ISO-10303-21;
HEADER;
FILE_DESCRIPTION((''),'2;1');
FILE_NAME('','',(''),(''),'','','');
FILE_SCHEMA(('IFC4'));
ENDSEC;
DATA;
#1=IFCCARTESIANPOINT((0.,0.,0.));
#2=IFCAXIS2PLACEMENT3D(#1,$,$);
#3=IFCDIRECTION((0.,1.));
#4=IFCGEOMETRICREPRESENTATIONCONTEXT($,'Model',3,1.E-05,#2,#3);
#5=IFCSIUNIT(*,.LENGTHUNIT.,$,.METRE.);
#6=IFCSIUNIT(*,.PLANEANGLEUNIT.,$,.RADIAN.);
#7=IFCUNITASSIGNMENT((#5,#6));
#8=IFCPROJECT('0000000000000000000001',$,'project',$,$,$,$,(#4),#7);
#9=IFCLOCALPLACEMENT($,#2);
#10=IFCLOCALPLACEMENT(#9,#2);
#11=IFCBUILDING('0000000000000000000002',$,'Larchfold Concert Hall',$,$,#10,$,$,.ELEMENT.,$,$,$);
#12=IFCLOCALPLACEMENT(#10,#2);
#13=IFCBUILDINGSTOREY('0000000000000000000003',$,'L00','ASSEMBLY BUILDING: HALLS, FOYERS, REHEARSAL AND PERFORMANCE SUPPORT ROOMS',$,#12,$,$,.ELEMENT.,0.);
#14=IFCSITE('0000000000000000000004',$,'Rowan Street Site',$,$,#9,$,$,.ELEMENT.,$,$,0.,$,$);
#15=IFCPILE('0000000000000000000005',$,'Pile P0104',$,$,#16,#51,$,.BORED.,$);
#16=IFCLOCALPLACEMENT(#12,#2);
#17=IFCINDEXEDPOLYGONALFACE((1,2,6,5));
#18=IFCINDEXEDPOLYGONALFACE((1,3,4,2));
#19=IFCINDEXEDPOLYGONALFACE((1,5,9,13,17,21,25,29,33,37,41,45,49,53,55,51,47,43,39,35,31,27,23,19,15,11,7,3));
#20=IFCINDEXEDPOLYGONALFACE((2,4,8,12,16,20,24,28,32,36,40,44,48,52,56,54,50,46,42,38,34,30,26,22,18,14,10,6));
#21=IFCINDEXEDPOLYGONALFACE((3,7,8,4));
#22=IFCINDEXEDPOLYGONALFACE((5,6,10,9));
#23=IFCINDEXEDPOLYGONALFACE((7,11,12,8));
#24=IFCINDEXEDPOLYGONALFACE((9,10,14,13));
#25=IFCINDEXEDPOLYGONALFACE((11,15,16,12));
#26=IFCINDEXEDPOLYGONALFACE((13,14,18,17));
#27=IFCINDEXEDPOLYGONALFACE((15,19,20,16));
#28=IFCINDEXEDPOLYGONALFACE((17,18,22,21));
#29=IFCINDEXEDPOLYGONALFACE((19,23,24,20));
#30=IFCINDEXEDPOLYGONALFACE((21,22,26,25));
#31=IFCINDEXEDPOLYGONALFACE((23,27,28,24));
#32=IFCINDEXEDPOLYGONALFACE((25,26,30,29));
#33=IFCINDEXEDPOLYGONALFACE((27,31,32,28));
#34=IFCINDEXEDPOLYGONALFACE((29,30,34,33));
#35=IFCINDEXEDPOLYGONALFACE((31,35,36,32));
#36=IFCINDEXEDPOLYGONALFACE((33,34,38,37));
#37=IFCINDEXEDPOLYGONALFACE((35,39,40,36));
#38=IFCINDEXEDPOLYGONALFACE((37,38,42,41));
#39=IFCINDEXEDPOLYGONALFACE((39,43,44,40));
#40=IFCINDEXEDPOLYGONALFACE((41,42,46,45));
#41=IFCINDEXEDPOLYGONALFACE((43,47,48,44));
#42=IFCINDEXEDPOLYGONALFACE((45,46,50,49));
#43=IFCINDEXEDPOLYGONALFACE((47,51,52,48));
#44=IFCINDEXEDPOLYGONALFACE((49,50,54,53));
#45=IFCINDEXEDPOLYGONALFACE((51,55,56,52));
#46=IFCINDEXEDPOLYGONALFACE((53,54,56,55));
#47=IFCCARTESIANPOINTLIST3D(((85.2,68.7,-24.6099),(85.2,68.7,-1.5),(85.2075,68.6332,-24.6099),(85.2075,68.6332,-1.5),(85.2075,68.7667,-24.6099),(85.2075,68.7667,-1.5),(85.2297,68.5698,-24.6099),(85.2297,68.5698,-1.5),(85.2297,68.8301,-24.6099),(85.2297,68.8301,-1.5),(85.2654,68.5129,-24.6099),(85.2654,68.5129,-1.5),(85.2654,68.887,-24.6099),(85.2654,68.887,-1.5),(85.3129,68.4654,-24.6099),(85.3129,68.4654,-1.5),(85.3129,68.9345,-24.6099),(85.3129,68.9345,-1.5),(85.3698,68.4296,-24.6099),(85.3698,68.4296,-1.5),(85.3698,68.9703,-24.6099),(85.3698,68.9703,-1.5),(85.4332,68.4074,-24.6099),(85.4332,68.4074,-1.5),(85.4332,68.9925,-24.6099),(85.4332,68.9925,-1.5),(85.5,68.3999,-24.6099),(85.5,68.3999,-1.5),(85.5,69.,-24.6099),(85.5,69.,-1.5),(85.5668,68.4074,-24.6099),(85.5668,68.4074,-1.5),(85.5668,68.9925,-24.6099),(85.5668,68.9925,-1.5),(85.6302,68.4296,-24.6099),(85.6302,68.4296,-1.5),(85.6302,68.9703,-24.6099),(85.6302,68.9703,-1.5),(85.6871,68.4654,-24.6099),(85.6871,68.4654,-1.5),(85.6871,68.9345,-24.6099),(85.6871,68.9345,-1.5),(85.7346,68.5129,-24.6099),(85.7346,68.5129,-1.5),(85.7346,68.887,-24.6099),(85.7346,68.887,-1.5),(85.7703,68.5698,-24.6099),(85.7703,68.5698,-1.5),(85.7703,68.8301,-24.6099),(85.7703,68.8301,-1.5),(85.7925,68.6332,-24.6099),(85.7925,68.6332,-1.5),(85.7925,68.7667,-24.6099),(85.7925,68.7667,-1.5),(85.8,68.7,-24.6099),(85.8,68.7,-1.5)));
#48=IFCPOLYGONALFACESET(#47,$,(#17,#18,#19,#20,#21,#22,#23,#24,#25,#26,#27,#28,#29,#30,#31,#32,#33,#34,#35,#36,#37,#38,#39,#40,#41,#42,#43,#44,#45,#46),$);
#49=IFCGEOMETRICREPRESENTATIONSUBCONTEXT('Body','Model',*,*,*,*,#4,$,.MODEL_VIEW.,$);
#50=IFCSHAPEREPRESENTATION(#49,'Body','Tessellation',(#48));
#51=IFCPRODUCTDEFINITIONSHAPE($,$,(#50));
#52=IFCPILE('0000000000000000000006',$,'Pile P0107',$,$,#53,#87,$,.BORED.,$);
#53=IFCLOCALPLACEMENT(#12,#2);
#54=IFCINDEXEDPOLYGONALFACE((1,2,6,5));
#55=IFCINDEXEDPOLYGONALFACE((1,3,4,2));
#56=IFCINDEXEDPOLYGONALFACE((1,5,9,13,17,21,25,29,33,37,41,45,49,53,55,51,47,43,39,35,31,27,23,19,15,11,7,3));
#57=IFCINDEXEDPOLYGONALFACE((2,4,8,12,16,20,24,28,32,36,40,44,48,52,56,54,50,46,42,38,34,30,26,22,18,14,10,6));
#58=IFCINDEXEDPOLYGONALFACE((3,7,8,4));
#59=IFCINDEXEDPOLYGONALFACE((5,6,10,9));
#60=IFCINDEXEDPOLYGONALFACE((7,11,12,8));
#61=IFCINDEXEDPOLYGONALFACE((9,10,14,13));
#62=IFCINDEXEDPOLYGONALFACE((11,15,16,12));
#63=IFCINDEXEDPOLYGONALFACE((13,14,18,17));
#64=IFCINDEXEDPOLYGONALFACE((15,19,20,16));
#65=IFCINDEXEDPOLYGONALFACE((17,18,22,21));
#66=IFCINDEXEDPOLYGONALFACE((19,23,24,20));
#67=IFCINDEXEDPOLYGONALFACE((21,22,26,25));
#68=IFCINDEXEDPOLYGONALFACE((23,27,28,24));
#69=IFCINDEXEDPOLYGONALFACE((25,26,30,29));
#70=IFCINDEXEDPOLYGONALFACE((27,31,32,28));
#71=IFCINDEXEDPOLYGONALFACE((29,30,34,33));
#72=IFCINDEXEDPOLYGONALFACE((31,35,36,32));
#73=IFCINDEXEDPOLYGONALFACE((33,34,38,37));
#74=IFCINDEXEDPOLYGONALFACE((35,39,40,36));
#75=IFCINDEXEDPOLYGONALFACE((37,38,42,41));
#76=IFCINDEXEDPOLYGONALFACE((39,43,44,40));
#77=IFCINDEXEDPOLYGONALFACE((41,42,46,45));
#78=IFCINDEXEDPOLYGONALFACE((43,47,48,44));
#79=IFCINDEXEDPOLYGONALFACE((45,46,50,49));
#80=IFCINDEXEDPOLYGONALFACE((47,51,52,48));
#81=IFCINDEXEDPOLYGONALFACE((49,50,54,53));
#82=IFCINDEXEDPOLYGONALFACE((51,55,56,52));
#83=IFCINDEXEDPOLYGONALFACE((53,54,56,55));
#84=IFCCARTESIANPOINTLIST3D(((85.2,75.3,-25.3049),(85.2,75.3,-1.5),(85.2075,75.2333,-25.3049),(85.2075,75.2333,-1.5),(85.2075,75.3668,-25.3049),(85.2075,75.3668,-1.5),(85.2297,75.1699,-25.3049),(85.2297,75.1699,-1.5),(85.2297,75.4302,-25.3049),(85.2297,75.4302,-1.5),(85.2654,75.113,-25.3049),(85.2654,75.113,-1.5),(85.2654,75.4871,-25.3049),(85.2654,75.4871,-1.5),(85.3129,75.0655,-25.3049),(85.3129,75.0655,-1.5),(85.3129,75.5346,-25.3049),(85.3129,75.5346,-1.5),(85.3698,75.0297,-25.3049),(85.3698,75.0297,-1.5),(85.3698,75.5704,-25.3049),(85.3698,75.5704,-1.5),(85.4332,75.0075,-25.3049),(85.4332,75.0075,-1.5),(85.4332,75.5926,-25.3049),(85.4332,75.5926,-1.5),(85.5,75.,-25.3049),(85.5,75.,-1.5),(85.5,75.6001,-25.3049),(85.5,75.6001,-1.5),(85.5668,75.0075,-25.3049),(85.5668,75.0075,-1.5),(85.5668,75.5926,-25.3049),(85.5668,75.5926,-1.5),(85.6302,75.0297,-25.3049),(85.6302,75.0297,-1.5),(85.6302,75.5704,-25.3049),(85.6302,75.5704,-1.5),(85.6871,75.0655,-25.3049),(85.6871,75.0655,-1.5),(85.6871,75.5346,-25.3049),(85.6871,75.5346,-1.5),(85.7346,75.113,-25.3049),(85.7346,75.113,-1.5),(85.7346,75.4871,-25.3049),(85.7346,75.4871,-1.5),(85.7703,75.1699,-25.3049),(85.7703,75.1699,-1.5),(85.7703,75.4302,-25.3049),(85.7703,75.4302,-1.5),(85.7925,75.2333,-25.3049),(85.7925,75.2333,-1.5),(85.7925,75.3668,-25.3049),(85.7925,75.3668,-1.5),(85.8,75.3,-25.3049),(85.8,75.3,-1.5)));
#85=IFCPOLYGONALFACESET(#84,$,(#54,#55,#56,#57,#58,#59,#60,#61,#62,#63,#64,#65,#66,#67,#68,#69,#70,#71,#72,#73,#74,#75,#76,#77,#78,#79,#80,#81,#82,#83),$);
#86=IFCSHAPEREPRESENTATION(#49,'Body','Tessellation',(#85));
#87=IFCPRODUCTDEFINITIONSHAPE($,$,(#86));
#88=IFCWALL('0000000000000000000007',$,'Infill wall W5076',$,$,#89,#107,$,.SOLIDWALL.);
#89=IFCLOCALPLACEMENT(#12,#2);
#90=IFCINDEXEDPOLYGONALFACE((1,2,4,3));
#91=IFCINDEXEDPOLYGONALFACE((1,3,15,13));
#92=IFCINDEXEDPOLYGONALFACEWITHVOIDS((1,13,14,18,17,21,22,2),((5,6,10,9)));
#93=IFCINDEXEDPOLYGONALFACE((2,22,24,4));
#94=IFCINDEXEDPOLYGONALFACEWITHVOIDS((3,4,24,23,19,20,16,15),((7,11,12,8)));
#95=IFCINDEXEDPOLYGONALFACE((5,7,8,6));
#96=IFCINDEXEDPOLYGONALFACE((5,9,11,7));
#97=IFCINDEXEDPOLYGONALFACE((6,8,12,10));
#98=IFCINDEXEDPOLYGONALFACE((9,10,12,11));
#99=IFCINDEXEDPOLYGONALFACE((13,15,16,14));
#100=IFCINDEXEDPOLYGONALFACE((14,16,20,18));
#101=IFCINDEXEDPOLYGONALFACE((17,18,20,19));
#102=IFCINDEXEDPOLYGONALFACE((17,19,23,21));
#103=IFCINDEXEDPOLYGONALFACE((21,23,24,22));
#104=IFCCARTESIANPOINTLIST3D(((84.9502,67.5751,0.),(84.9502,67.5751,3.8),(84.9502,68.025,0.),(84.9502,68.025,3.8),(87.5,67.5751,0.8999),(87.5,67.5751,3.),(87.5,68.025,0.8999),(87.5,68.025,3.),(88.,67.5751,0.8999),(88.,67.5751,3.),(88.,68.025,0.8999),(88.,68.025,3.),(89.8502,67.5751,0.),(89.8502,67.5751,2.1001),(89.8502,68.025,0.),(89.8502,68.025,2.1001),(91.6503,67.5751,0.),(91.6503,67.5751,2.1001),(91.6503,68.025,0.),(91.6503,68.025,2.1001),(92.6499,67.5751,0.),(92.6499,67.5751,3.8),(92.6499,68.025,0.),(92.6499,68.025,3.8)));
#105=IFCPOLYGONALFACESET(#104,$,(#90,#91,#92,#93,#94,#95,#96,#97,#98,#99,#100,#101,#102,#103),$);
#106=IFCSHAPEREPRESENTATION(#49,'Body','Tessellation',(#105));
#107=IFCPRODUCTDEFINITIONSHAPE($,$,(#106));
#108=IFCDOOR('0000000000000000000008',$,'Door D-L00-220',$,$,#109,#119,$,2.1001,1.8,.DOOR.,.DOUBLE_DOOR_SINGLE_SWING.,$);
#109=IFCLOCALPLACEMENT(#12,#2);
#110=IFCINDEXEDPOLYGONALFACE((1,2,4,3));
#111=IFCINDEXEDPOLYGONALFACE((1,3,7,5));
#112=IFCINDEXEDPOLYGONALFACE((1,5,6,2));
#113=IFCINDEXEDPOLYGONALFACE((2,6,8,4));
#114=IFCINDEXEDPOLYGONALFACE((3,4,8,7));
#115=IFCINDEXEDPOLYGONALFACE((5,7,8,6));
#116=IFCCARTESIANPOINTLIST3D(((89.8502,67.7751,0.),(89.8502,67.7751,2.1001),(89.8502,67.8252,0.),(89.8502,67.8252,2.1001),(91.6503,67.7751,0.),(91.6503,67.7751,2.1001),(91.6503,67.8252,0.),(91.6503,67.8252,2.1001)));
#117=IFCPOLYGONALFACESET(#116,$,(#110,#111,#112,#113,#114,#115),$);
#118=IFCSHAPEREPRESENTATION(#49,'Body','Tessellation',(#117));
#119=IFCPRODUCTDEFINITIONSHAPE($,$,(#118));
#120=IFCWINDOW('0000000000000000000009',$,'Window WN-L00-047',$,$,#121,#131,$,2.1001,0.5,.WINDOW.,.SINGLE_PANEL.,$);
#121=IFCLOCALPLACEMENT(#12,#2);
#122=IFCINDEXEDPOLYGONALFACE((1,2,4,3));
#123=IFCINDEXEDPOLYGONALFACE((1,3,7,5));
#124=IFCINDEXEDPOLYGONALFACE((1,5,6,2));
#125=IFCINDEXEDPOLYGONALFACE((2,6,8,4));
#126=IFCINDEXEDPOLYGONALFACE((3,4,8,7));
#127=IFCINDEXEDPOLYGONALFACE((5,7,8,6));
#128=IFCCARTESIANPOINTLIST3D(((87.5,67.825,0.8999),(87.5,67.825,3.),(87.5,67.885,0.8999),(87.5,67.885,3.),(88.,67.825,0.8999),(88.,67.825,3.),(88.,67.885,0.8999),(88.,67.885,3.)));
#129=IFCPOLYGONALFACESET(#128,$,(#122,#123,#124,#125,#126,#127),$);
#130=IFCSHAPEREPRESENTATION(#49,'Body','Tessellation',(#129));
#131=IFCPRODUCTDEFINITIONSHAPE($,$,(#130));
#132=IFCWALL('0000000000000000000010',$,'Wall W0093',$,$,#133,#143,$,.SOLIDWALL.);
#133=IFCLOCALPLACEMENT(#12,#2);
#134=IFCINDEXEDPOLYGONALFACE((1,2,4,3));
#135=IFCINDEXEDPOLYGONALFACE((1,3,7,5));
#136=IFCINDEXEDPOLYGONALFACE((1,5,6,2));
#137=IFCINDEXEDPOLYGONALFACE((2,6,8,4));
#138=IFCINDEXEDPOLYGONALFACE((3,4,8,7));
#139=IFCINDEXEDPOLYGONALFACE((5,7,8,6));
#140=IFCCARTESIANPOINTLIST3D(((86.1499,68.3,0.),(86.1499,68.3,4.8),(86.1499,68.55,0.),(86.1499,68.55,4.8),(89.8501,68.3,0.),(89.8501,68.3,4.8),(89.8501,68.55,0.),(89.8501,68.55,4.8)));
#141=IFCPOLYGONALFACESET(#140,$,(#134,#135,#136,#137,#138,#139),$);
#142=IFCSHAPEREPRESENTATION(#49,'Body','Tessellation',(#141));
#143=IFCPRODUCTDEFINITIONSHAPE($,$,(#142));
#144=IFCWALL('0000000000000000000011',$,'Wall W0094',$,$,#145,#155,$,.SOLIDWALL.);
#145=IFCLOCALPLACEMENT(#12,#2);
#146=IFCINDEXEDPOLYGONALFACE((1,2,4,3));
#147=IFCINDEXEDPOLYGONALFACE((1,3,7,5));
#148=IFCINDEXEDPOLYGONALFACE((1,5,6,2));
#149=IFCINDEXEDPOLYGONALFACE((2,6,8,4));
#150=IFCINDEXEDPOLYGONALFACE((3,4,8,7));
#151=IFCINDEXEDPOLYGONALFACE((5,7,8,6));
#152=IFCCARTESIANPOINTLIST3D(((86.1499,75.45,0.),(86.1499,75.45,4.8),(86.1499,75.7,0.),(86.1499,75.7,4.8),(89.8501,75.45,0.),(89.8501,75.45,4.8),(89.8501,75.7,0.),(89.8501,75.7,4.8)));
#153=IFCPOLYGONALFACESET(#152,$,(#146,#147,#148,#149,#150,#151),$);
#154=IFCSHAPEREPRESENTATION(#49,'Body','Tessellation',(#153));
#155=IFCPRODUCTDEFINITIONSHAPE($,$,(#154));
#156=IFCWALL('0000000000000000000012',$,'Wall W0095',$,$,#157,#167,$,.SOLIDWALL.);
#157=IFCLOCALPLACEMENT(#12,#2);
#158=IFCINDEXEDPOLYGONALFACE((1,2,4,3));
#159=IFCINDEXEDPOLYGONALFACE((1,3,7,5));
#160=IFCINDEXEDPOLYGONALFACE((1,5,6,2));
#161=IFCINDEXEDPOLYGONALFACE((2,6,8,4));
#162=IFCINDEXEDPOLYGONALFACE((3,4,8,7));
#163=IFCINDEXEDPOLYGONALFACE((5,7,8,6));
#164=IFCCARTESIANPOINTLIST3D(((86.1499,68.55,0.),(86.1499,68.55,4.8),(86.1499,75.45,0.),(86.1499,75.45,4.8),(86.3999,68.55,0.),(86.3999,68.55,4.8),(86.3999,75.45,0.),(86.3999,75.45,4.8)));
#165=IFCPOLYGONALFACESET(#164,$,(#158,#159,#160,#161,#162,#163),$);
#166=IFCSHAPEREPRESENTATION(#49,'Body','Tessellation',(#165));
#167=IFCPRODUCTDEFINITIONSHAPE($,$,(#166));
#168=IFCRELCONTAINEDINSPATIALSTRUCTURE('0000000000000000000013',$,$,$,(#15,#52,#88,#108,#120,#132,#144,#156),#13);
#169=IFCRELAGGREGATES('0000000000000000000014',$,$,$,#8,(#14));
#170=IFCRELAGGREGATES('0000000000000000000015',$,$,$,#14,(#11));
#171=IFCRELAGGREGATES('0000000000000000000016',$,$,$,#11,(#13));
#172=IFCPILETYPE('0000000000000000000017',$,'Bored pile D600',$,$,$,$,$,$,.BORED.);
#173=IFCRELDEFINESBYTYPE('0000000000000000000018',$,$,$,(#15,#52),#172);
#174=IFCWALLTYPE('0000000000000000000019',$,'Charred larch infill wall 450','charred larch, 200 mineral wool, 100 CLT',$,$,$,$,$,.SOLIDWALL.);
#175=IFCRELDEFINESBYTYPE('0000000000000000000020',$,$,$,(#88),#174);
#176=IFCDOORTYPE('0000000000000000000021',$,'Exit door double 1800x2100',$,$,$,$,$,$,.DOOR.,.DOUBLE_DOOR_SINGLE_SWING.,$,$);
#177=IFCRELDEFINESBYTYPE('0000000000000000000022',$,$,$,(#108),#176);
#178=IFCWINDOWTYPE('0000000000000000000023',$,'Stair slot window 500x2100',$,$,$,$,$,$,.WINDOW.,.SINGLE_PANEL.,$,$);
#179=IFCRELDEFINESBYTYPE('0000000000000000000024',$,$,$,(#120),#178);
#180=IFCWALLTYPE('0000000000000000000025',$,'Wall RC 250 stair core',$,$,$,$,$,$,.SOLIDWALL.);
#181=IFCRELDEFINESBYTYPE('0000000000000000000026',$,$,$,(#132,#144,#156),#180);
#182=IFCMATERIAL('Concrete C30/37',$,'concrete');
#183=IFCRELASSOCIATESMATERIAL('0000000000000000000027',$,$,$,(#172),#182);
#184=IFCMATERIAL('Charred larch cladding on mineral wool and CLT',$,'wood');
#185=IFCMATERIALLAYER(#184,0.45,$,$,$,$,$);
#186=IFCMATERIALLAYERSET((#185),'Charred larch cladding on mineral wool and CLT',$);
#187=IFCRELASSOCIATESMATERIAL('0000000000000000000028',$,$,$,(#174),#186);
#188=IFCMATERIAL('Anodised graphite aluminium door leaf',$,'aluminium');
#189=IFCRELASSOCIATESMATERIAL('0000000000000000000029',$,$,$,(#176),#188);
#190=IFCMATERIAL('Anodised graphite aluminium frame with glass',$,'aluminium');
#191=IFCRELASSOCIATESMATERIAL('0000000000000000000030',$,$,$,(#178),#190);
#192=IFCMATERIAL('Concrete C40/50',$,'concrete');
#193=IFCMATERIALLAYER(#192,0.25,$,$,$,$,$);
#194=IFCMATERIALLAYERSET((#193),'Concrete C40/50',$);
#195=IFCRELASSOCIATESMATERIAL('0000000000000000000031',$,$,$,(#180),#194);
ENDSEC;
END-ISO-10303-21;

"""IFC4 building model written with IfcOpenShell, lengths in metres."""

from ifc_helpers import new_model, si_unit, direction, frame, frame_2d, origin, origin_2d, place, context, subcontext, project, spatial, rectangle, circle, extrude, material, layer, layer_set, material_profile, profile_set, type_object, element, fill, save


model = new_model("IFC4")

# Units and contexts
model_context = context("Model", 3, precision=1e-05, world=origin(), true_north=direction((0.0, 1.0)))
body_context = subcontext(model_context, "Body", "Model", "MODEL_VIEW")
ifc_project = project(units=[si_unit("LENGTHUNIT", "METRE"), si_unit("PLANEANGLEUNIT", "RADIAN")], contexts=[model_context])

# Site, building, storey
site_placement = place(None, origin())
site = spatial("IfcSite", under=ifc_project, at=site_placement, Name="Rowan Street Site", CompositionType="ELEMENT", RefElevation=0.0)
building_placement = place(site_placement, origin())
building = spatial("IfcBuilding", under=site, at=building_placement, Name="Larchfold Concert Hall", CompositionType="ELEMENT")
storey_placement = place(building_placement, origin())
storey = spatial("IfcBuildingStorey", under=building, at=storey_placement, Name="L00", Description="ASSEMBLY BUILDING: HALLS, FOYERS, REHEARSAL AND PERFORMANCE SUPPORT ROOMS", CompositionType="ELEMENT", Elevation=0.0)

# Piles
ifc_material_1 = material(Name="Concrete C30/37", Category="concrete")
ifc_material_profile = material_profile(ifc_material_1, circle(Radius=0.3, at=origin_2d()))
ifc_profile_set = profile_set([ifc_material_profile], Name="Concrete C30/37")
pile_type = type_object("IfcPileType", Name="Bored pile D600", PredefinedType="BORED", material=ifc_profile_set)
pile_1_placement = place(storey_placement, frame((85.5, 68.7, -1.5), z_axis=(0.0, 0.0, -1.0), x_axis=(1.0, 0.0, 0.0)))
element("IfcPile", 1, at=pile_1_placement, inside=storey, type_object=pile_type, Name="Pile P0104", PredefinedType="BORED", context=body_context, shape_type="SweptSolid", body=[
    extrude(circle(Radius=0.3, at=origin_2d()), origin(), (0.0, 0.0, 1.0), 23.1099),
])
pile_2_placement = place(storey_placement, frame((85.5, 75.3, -1.5), z_axis=(0.0, 0.0, -1.0), x_axis=(1.0, 0.0, 0.0)))
element("IfcPile", 2, at=pile_2_placement, inside=storey, type_object=pile_type, Name="Pile P0107", PredefinedType="BORED", context=body_context, shape_type="SweptSolid", body=[
    extrude(circle(Radius=0.3, at=origin_2d()), origin(), (0.0, 0.0, 1.0), 23.8049),
])

# Wall, openings, door, window
ifc_material_2 = material(Name="Charred larch cladding on mineral wool and CLT", Category="wood")
ifc_layer_1 = layer(ifc_material_2, 0.45)
ifc_layer_set_1 = layer_set([ifc_layer_1], Name="Charred larch cladding on mineral wool and CLT")
wall_type_1 = type_object("IfcWallType", Name="Charred larch infill wall 450", Description="charred larch, 200 mineral wool, 100 CLT", PredefinedType="SOLIDWALL", material=ifc_layer_set_1)
wall_1_placement = place(storey_placement, frame((84.9502, 67.8, 0.0), z_axis=(0.0, 0.0, 1.0), x_axis=(1.0, 0.0, 0.0)))
wall_1 = element("IfcWall", 3, at=wall_1_placement, inside=storey, type_object=wall_type_1, Name="Infill wall W5076", PredefinedType="SOLIDWALL", context=body_context, shape_type="SweptSolid", body=[
    extrude(rectangle(XDim=7.6997, YDim=0.45, at=frame_2d((3.8499, 0.0))), origin(), (0.0, 0.0, 1.0), 3.8),
])
opening_1_placement = place(wall_1_placement, frame((6.7, 0.0, 0.0), z_axis=(0.0, 0.0, 1.0), x_axis=(-1.0, 0.0, 0.0)))
opening_1 = element("IfcOpeningElement", 4, at=opening_1_placement, cuts=wall_1, PredefinedType="OPENING", context=body_context, shape_type="SweptSolid", body=[
    extrude(rectangle(XDim=1.8, YDim=2.1001, at=frame_2d((0.8999, 1.05))), frame((0.0, 0.2349, 0.0), z_axis=(0.0, -1.0, 0.0), x_axis=(1.0, 0.0, 0.0)), (0.0, 0.0, 1.0), 0.47),
])
opening_2_placement = place(wall_1_placement, frame((2.5498, 0.0, 0.8999)))
opening_2 = element("IfcOpeningElement", 5, at=opening_2_placement, cuts=wall_1, PredefinedType="OPENING", context=body_context, shape_type="SweptSolid", body=[
    extrude(rectangle(XDim=0.5, YDim=2.1001, at=frame_2d((0.25, 1.05))), frame((0.0, 0.2349, 0.0), z_axis=(0.0, -1.0, 0.0), x_axis=(1.0, 0.0, 0.0)), (0.0, 0.0, 1.0), 0.47),
])
ifc_material_3 = material(Name="Anodised graphite aluminium door leaf", Category="aluminium")
door_type = type_object("IfcDoorType", Name="Exit door double 1800x2100", OperationType="DOUBLE_DOOR_SINGLE_SWING", PredefinedType="DOOR", material=ifc_material_3)
door_placement = place(opening_1_placement, origin())
door = element("IfcDoor", 6, at=door_placement, inside=storey, type_object=door_type, Name="Door D-L00-220", OperationType="DOUBLE_DOOR_SINGLE_SWING", OverallHeight=2.1001, OverallWidth=1.8, PredefinedType="DOOR", context=body_context, shape_type="SweptSolid", body=[
    extrude(rectangle(XDim=1.8, YDim=2.1001, at=frame_2d((0.8999, 1.05))), frame((0.0, 0.0249, 0.0), z_axis=(0.0, -1.0, 0.0), x_axis=(1.0, 0.0, 0.0)), (0.0, 0.0, 1.0), 0.05),
])
fill(opening_1, door)
ifc_material_4 = material(Name="Anodised graphite aluminium frame with glass", Category="aluminium")
window_type = type_object("IfcWindowType", Name="Stair slot window 500x2100", PartitioningType="SINGLE_PANEL", PredefinedType="WINDOW", material=ifc_material_4)
window_placement = place(opening_2_placement, origin())
window = element("IfcWindow", 7, at=window_placement, inside=storey, type_object=window_type, Name="Window WN-L00-047", OverallHeight=2.1001, OverallWidth=0.5, PartitioningType="SINGLE_PANEL", PredefinedType="WINDOW", context=body_context, shape_type="SweptSolid", body=[
    extrude(rectangle(XDim=0.5, YDim=2.1001, at=frame_2d((0.25, 1.05))), frame((0.0, 0.085, 0.0), z_axis=(0.0, -1.0, 0.0), x_axis=(1.0, 0.0, 0.0)), (0.0, 0.0, 1.0), 0.0601),
])
fill(opening_2, window)

# Walls
ifc_material_5 = material(Name="Concrete C40/50", Category="concrete")
ifc_layer_2 = layer(ifc_material_5, 0.25)
ifc_layer_set_2 = layer_set([ifc_layer_2], Name="Concrete C40/50")
wall_type_2 = type_object("IfcWallType", Name="Wall RC 250 stair core", PredefinedType="SOLIDWALL", material=ifc_layer_set_2)
for number, where, z_axis, x_axis, name in (
    (8, (86.1499, 68.425, 0.0), (0.0, 0.0, 1.0), (1.0, 0.0, 0.0), "Wall W0093"),
    (9, (86.1499, 75.575, 0.0), (0.0, 0.0, 1.0), (1.0, 0.0, 0.0), "Wall W0094"),
):
    element("IfcWall", number, at=place(storey_placement, frame(where, z_axis=z_axis, x_axis=x_axis)), inside=storey, type_object=wall_type_2, Name=name, PredefinedType="SOLIDWALL", context=body_context, shape_type="SweptSolid", body=[
        extrude(rectangle(XDim=3.7002, YDim=0.25, at=frame_2d((1.8501, 0.0))), origin(), (0.0, 0.0, 1.0), 4.8),
    ])
wall_2_placement = place(storey_placement, frame((86.2749, 68.55, 0.0), z_axis=(0.0, 0.0, 1.0), x_axis=(0.0, 1.0, 0.0)))
element("IfcWall", 10, at=wall_2_placement, inside=storey, type_object=wall_type_2, Name="Wall W0095", PredefinedType="SOLIDWALL", context=body_context, shape_type="SweptSolid", body=[
    extrude(rectangle(XDim=6.8999, YDim=0.25, at=frame_2d((3.45, 0.0))), origin(), (0.0, 0.0, 1.0), 4.8),
])

save(model, "model.ifc")
